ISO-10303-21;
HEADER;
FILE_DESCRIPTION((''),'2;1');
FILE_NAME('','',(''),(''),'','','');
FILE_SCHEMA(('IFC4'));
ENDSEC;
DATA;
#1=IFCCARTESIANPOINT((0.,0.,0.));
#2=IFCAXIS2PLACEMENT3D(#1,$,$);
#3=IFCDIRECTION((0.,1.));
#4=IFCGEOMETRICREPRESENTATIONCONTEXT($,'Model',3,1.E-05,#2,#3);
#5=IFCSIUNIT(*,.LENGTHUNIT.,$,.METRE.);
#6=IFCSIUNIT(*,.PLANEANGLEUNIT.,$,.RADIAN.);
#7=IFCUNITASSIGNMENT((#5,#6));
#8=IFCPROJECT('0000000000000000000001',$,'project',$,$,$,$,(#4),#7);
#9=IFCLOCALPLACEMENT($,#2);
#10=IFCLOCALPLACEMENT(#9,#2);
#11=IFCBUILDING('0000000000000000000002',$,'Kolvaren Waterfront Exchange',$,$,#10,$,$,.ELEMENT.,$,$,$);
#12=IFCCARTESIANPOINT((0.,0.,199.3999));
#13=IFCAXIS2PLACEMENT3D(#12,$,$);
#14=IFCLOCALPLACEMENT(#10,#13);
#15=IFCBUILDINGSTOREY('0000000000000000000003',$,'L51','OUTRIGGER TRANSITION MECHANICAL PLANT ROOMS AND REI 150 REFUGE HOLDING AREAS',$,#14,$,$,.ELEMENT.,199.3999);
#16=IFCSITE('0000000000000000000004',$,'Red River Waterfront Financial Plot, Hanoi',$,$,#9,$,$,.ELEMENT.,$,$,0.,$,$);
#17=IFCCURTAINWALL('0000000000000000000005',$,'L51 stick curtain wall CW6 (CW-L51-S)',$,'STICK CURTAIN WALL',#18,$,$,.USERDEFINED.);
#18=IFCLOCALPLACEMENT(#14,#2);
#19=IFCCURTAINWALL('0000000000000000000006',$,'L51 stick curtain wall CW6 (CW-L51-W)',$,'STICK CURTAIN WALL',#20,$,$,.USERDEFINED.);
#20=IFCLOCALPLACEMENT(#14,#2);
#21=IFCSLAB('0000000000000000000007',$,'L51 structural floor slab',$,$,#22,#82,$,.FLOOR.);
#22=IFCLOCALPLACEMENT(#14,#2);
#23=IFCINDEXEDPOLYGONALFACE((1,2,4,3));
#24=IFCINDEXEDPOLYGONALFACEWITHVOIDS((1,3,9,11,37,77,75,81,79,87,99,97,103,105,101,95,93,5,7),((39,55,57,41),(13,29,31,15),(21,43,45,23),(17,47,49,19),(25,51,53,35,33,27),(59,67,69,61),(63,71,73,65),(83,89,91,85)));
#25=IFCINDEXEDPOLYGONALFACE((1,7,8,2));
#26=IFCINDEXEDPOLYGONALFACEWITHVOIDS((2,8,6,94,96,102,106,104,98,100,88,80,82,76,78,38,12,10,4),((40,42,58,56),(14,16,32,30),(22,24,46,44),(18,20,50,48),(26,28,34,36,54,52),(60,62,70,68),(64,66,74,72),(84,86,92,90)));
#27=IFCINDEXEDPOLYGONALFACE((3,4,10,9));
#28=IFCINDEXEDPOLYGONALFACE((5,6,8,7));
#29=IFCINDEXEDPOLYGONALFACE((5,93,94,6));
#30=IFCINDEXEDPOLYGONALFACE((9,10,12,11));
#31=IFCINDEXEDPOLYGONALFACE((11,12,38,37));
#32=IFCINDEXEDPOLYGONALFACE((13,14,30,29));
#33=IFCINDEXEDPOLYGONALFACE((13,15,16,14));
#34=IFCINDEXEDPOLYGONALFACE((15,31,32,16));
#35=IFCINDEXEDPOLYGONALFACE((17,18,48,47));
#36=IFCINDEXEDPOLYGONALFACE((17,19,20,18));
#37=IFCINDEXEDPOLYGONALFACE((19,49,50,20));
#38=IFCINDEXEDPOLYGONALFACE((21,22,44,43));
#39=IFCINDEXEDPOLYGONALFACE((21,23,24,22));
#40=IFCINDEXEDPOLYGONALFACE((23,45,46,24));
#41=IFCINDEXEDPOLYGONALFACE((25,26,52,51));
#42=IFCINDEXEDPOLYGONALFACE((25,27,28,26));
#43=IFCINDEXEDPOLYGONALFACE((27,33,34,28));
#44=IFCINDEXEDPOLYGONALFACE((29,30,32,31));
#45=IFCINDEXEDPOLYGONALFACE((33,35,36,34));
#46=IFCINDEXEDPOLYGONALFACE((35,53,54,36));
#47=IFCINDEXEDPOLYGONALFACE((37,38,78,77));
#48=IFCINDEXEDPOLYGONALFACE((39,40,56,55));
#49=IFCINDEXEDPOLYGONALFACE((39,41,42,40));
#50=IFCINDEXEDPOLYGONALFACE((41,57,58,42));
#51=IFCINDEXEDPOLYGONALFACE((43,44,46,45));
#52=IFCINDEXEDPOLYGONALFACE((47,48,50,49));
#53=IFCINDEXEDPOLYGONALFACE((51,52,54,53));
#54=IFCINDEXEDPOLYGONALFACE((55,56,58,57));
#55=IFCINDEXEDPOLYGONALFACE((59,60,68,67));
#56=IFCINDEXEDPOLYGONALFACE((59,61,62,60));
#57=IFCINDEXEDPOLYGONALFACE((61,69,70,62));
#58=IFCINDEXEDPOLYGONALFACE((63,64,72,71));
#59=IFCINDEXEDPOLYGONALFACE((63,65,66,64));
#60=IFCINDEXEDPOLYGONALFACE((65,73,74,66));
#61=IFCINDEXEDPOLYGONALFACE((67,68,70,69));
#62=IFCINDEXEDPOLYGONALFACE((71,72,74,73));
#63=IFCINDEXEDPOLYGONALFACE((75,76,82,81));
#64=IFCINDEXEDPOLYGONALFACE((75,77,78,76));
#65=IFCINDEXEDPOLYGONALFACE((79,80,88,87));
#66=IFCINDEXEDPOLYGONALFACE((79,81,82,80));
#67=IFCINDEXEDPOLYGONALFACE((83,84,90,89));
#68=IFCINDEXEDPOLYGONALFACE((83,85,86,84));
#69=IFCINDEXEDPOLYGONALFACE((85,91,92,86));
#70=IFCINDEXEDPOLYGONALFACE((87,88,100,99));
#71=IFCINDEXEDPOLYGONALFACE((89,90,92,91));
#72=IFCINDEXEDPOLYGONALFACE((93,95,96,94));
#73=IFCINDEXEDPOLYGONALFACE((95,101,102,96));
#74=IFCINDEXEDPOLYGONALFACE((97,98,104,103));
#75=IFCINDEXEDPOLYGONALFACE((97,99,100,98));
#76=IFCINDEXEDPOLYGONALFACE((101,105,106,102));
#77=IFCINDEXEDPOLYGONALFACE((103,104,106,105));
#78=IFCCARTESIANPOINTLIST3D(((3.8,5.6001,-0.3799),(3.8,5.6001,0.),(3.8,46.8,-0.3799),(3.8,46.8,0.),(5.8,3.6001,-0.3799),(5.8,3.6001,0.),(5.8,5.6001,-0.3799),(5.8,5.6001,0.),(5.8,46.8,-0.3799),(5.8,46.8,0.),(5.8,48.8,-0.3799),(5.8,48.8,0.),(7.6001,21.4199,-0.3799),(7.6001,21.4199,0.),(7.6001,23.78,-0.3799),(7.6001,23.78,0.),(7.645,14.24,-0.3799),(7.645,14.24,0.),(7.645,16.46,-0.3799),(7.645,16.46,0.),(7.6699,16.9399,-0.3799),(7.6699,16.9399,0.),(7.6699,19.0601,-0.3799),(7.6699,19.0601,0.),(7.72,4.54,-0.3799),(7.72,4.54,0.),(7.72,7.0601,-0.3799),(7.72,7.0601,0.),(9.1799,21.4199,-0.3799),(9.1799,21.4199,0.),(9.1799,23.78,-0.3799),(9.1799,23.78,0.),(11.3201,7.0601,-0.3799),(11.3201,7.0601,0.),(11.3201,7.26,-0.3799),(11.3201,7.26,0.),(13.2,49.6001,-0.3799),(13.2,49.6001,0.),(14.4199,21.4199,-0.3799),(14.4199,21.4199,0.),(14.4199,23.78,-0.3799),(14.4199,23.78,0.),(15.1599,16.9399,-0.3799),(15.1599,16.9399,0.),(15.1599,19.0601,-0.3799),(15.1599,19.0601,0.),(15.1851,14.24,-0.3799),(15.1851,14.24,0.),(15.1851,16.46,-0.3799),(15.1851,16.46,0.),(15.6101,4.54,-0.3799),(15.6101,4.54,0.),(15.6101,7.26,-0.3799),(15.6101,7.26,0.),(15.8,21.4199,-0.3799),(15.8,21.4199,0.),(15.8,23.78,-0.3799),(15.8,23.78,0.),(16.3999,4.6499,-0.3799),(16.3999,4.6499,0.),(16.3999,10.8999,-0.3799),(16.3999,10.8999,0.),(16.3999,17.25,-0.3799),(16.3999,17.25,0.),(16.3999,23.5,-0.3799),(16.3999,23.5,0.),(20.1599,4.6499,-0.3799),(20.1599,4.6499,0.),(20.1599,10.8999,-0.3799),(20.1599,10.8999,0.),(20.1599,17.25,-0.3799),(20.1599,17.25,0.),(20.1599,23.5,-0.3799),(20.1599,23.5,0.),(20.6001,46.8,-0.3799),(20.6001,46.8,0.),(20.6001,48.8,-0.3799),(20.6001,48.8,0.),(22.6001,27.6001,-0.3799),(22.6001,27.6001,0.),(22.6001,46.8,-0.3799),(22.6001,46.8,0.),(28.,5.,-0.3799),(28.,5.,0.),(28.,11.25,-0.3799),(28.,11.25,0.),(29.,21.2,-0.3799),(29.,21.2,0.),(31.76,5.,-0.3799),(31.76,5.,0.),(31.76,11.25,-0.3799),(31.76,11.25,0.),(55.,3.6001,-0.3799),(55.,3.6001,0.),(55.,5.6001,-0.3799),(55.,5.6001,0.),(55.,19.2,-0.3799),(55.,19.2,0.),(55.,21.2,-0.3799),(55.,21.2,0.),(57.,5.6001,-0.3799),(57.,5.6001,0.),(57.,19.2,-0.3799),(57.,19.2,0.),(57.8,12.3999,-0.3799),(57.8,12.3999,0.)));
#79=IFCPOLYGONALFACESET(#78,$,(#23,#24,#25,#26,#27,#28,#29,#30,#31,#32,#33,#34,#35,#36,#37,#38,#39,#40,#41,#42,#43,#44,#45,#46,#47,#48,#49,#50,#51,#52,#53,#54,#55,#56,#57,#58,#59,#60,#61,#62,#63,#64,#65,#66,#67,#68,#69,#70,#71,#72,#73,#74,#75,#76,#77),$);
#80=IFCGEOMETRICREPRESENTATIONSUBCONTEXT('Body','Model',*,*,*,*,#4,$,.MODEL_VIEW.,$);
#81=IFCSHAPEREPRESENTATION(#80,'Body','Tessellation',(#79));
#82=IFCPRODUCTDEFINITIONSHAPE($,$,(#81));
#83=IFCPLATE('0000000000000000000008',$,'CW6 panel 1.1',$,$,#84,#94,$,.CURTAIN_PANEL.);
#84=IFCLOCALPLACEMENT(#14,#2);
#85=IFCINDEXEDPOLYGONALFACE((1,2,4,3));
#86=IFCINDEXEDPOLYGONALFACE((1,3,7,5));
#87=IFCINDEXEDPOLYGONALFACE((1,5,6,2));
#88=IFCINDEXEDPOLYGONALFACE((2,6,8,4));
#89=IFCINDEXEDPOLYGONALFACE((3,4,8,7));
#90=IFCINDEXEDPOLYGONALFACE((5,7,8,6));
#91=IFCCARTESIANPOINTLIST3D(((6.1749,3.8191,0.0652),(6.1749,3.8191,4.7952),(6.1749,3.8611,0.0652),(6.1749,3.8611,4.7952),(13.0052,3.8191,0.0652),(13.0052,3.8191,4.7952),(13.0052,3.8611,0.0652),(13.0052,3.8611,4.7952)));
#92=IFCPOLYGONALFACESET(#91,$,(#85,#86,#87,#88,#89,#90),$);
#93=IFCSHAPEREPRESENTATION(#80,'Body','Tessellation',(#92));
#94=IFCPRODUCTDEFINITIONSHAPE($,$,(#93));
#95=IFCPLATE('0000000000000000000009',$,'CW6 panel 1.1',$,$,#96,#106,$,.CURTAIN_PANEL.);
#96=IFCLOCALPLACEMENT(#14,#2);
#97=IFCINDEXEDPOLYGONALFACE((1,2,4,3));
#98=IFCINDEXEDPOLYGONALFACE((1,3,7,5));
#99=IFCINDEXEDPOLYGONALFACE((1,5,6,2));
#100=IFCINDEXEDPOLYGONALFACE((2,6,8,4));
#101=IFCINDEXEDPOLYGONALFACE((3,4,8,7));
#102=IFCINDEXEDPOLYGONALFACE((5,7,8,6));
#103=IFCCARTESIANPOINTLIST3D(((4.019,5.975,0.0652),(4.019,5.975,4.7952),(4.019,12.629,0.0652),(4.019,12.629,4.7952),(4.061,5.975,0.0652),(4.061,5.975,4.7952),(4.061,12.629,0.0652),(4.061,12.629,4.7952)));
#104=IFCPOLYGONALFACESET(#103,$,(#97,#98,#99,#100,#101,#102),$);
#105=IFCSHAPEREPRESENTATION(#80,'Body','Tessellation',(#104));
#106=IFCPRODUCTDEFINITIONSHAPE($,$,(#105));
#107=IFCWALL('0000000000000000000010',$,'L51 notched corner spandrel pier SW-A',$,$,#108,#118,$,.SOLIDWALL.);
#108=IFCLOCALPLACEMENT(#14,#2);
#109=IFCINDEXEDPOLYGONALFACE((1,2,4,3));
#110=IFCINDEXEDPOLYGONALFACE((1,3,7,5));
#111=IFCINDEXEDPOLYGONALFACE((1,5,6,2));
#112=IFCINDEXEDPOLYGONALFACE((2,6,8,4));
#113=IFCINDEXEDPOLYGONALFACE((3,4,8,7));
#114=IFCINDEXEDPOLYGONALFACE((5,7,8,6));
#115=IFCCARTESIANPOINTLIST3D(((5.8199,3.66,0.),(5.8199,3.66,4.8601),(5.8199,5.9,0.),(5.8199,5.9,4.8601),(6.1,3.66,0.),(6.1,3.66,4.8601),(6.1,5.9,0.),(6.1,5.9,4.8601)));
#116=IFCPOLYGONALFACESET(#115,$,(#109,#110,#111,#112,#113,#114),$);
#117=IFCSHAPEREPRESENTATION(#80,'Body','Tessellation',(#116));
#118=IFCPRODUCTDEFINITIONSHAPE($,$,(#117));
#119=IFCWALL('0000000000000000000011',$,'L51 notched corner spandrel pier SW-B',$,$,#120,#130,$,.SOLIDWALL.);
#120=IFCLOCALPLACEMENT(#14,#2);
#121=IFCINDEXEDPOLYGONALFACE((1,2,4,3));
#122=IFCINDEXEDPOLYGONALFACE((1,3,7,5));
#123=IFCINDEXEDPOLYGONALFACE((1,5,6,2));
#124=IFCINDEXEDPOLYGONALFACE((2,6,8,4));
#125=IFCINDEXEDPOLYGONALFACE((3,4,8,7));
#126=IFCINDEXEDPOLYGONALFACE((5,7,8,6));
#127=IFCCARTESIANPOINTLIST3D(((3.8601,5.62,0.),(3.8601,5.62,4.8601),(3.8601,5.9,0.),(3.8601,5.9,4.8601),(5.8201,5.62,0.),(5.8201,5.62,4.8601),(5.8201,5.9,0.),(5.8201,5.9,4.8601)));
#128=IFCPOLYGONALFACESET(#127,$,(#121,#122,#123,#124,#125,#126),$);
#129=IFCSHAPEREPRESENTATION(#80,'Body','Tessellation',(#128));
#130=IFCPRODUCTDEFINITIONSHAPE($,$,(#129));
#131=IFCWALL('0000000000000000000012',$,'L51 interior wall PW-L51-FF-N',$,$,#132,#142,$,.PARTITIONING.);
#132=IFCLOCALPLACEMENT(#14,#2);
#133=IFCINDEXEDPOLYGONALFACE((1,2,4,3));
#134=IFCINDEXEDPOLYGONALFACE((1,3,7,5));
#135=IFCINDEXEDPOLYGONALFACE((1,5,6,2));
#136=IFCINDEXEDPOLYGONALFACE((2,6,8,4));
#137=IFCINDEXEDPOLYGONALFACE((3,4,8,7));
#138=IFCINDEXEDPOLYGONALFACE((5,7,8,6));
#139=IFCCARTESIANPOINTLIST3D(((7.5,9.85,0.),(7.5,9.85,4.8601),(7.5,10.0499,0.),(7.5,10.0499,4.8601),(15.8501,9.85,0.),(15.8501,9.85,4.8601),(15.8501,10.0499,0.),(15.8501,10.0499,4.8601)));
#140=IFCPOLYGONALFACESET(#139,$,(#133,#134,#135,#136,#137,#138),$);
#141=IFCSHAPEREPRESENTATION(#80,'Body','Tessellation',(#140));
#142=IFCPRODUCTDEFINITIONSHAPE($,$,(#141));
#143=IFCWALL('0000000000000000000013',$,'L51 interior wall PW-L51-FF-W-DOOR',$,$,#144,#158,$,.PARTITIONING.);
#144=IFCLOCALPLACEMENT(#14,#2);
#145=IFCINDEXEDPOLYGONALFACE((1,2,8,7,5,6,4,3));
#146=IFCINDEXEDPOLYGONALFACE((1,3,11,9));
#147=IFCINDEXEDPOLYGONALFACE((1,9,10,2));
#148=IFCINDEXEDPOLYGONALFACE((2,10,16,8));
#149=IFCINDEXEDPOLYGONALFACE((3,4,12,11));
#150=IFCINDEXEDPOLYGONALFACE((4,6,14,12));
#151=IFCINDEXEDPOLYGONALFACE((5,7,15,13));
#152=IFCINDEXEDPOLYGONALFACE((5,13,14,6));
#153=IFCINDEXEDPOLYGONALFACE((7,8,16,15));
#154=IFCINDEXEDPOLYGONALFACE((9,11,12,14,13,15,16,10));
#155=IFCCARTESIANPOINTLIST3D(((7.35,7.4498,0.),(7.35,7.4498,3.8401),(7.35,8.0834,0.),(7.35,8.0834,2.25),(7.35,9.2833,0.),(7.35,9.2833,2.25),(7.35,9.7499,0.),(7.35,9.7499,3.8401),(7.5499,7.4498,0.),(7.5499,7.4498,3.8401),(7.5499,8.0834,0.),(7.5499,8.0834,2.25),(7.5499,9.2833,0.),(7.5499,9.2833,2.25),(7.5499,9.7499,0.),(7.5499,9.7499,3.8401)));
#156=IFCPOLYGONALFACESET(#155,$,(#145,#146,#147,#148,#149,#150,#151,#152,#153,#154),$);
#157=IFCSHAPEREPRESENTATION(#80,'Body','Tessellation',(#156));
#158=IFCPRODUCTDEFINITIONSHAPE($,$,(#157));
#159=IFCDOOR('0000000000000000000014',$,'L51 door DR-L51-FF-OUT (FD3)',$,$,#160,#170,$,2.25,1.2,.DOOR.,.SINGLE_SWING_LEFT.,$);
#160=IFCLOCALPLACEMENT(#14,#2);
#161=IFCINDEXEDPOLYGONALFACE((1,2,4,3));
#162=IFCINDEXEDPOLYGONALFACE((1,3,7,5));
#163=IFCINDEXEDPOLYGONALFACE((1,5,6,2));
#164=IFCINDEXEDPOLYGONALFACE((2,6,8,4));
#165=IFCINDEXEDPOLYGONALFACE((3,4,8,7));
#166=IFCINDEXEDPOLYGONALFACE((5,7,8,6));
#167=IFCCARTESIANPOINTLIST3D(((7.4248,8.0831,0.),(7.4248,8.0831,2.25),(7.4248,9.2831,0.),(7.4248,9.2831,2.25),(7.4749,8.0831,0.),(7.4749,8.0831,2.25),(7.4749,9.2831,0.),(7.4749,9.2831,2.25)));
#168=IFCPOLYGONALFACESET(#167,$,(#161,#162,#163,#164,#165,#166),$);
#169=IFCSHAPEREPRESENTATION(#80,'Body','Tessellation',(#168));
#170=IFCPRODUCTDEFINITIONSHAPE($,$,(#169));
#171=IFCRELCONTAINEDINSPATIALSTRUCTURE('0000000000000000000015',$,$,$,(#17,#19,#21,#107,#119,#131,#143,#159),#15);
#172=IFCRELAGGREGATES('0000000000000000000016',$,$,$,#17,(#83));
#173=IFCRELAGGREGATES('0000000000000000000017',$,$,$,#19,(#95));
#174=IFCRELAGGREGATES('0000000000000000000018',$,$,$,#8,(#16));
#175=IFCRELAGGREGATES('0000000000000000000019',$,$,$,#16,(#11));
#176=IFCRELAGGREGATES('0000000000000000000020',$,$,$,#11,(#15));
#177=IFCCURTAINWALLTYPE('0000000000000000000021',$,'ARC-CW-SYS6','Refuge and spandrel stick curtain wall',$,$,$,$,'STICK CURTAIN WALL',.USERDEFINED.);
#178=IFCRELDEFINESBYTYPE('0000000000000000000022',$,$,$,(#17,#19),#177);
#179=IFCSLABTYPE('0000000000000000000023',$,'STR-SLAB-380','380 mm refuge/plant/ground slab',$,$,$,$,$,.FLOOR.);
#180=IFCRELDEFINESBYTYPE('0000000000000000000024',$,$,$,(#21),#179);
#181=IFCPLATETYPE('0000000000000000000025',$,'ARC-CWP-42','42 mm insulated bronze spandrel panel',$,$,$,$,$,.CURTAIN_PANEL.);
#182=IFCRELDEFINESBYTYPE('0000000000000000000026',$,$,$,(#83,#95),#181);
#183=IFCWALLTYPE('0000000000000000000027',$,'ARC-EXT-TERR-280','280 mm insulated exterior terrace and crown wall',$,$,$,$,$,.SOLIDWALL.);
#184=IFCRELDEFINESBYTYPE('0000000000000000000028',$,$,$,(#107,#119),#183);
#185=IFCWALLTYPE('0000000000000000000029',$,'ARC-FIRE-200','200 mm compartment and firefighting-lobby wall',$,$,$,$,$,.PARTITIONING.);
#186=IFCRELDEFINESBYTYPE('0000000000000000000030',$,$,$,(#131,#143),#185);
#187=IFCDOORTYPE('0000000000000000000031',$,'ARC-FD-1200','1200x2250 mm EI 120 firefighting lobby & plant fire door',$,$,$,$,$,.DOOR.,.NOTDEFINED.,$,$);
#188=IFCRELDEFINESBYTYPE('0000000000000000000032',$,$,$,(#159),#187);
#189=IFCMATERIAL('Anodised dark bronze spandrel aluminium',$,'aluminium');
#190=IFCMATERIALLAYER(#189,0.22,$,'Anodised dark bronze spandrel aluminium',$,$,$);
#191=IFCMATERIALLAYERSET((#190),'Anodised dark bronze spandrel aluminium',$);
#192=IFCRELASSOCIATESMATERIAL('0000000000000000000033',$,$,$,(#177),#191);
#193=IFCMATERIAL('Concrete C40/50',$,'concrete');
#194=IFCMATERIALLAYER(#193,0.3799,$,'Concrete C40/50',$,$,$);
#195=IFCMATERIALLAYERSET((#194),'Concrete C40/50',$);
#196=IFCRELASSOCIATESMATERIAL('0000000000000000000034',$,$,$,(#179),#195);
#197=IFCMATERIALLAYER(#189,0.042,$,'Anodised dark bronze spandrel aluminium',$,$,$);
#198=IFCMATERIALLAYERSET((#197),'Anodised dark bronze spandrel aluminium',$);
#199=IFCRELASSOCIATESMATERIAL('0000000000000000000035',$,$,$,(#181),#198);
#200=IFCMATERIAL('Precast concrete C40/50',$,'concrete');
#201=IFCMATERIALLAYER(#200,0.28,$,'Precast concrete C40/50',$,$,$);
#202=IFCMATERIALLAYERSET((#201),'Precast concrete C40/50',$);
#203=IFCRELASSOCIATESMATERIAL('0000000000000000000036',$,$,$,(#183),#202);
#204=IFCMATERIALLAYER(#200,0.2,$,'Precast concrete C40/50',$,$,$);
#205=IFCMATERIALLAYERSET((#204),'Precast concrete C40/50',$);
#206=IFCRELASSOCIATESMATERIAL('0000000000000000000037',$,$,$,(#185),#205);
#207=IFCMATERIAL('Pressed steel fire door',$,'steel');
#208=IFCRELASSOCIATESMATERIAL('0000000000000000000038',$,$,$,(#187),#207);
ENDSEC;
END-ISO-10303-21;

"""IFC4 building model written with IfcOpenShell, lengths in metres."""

from ifc_helpers import new_model, si_unit, direction, frame, frame_2d, origin, origin_with_axes, origin_2d, place, context, subcontext, project, spatial, polyline, rectangle, outline, extrude, source, transform, mapped, material, layer, layer_set, type_object, element, fill, aggregate, save


model = new_model("IFC4")

# Units and contexts
model_context = context("Model", 3, precision=1e-05, world=origin(), true_north=direction((0.0, 1.0)))
body_context = subcontext(model_context, "Body", "Model", "MODEL_VIEW")
ifc_project = project(units=[si_unit("LENGTHUNIT", "METRE"), si_unit("PLANEANGLEUNIT", "RADIAN")], contexts=[model_context])

# Site, building, storey
site_placement = place(None, origin())
site = spatial("IfcSite", under=ifc_project, at=site_placement, Name="Red River Waterfront Financial Plot, Hanoi", CompositionType="ELEMENT", RefElevation=0.0)
building_placement = place(site_placement, origin())
building = spatial("IfcBuilding", under=site, at=building_placement, Name="Kolvaren Waterfront Exchange", CompositionType="ELEMENT")
storey_placement = place(building_placement, frame((0.0, 0.0, 199.3999)))
storey = spatial("IfcBuildingStorey", under=building, at=storey_placement, Name="L51", Description="OUTRIGGER TRANSITION MECHANICAL PLANT ROOMS AND REI 150 REFUGE HOLDING AREAS", CompositionType="ELEMENT", Elevation=199.3999)

# Curtain walls
ifc_material_1 = material(Name="Anodised dark bronze spandrel aluminium", Category="aluminium")
ifc_layer_1 = layer(ifc_material_1, 0.22, Name="Anodised dark bronze spandrel aluminium")
ifc_layer_set_1 = layer_set([ifc_layer_1], Name="Anodised dark bronze spandrel aluminium")
curtain_wall_type = type_object("IfcCurtainWallType", Name="ARC-CW-SYS6", Description="Refuge and spandrel stick curtain wall", ElementType="STICK CURTAIN WALL", PredefinedType="USERDEFINED", material=ifc_layer_set_1)
curtain_wall_1_placement = place(storey_placement, origin())
curtain_wall_1 = element("IfcCurtainWall", 1, at=curtain_wall_1_placement, inside=storey, type_object=curtain_wall_type, Name="L51 stick curtain wall CW6 (CW-L51-S)", ObjectType="STICK CURTAIN WALL", PredefinedType="USERDEFINED")
curtain_wall_2_placement = place(storey_placement, origin())
curtain_wall_2 = element("IfcCurtainWall", 2, at=curtain_wall_2_placement, inside=storey, type_object=curtain_wall_type, Name="L51 stick curtain wall CW6 (CW-L51-W)", ObjectType="STICK CURTAIN WALL", PredefinedType="USERDEFINED")

# Shared definitions
ifc_material_2 = material(Name="Concrete C40/50", Category="concrete")

# Slab
ifc_layer_2 = layer(ifc_material_2, 0.3799, Name="Concrete C40/50")
ifc_layer_set_2 = layer_set([ifc_layer_2], Name="Concrete C40/50")
slab_type_1 = type_object("IfcSlabType", Name="STR-SLAB-380", Description="380 mm refuge/plant/ground slab", PredefinedType="FLOOR", material=ifc_layer_set_2)
slab_1_placement = place(storey_placement, frame((0.0, 0.0, -0.3799)))
element("IfcSlab", 3, at=slab_1_placement, inside=storey, type_object=slab_type_1, Name="L51 structural floor slab", PredefinedType="FLOOR", context=body_context, shape_type="SweptSolid", body=[
    extrude(outline(polyline([(5.8, 3.6001), (55.0, 3.6001), (55.0, 5.6001), (57.0, 5.6001), (57.8, 12.3999), (57.0, 19.2), (55.0, 19.2), (55.0, 21.2), (29.0, 21.2), (22.6001, 27.6001), (22.6001, 46.8), (20.6001, 46.8), (20.6001, 48.8), (13.2, 49.6001), (5.8, 48.8), (5.8, 46.8), (3.8, 46.8), (3.8, 5.6001), (5.8, 5.6001), (5.8, 3.6001)]), holes=[polyline([(11.3201, 7.26), (15.6101, 7.26), (15.6101, 4.54), (7.72, 4.54), (7.72, 7.0601), (11.3201, 7.0601), (11.3201, 7.26)]), polyline([(20.1599, 10.8999), (20.1599, 4.6499), (16.3999, 4.6499), (16.3999, 10.8999), (20.1599, 10.8999)]), polyline([(31.76, 11.25), (31.76, 5.0), (28.0, 5.0), (28.0, 11.25), (31.76, 11.25)]), polyline([(15.1851, 14.24), (7.645, 14.24), (7.645, 16.46), (15.1851, 16.46), (15.1851, 14.24)]), polyline([(15.1599, 16.9399), (7.6699, 16.9399), (7.6699, 19.0601), (15.1599, 19.0601), (15.1599, 16.9399)]), polyline([(16.3999, 23.5), (20.1599, 23.5), (20.1599, 17.25), (16.3999, 17.25), (16.3999, 23.5)]), polyline([(7.6001, 23.78), (9.1799, 23.78), (9.1799, 21.4199), (7.6001, 21.4199), (7.6001, 23.78)]), polyline([(15.8, 23.78), (15.8, 21.4199), (14.4199, 21.4199), (14.4199, 23.78), (15.8, 23.78)])]), origin(), (0.0, 0.0, 1.0), 0.3799),
])

# Plates
ifc_layer_3 = layer(ifc_material_1, 0.042, Name="Anodised dark bronze spandrel aluminium")
ifc_layer_set_3 = layer_set([ifc_layer_3], Name="Anodised dark bronze spandrel aluminium")
plate_type = type_object("IfcPlateType", Name="ARC-CWP-42", Description="42 mm insulated bronze spandrel panel", PredefinedType="CURTAIN_PANEL", material=ifc_layer_set_3)
shared_shape_1 = source(origin_with_axes(), body_context, "Body", "SweptSolid", [
    extrude(rectangle(XDim=6.8303, YDim=0.042, at=origin_2d()), origin(), (0.0, 0.0, 1.0), 4.73),
])
plate_1_placement = place(storey_placement, frame((9.5901, 3.8401, 0.0652), z_axis=(0.0, 0.0, 1.0), x_axis=(1.0, 0.0, 0.0)))
plate_1 = element("IfcPlate", 4, at=plate_1_placement, type_object=plate_type, Name="CW6 panel 1.1", PredefinedType="CURTAIN_PANEL", context=body_context, shape_type="MappedRepresentation", body=[
    mapped(shared_shape_1, transform((0.0, 0.0, 0.0), x_axis=(1.0, 0.0, 0.0), y_axis=(0.0, 1.0, 0.0), z_axis=(0.0, 0.0, 1.0), scale=1.0)),
])
aggregate(curtain_wall_1, [plate_1])
shared_shape_2 = source(origin_with_axes(), body_context, "Body", "SweptSolid", [
    extrude(rectangle(XDim=6.6541, YDim=0.042, at=origin_2d()), origin(), (0.0, 0.0, 1.0), 4.73),
])
plate_2_placement = place(storey_placement, frame((4.04, 9.302, 0.0652), z_axis=(0.0, 0.0, 1.0), x_axis=(0.0, 1.0, 0.0)))
plate_2 = element("IfcPlate", 5, at=plate_2_placement, type_object=plate_type, Name="CW6 panel 1.1", PredefinedType="CURTAIN_PANEL", context=body_context, shape_type="MappedRepresentation", body=[
    mapped(shared_shape_2, transform((0.0, 0.0, 0.0), x_axis=(1.0, 0.0, 0.0), y_axis=(0.0, 1.0, 0.0), z_axis=(0.0, 0.0, 1.0), scale=1.0)),
])
aggregate(curtain_wall_2, [plate_2])

# Walls
ifc_material_3 = material(Name="Precast concrete C40/50", Category="concrete")
ifc_layer_4 = layer(ifc_material_3, 0.28, Name="Precast concrete C40/50")
ifc_layer_set_4 = layer_set([ifc_layer_4], Name="Precast concrete C40/50")
wall_type_1 = type_object("IfcWallType", Name="ARC-EXT-TERR-280", Description="280 mm insulated exterior terrace and crown wall", PredefinedType="SOLIDWALL", material=ifc_layer_set_4)
wall_1_placement = place(storey_placement, frame((5.96, 3.6599, 0.0), z_axis=(0.0, 0.0, 1.0), x_axis=(0.0, 1.0, 0.0)))
element("IfcWall", 6, at=wall_1_placement, inside=storey, type_object=wall_type_1, Name="L51 notched corner spandrel pier SW-A", PredefinedType="SOLIDWALL", context=body_context, shape_type="SweptSolid", body=[
    extrude(rectangle(XDim=2.24, YDim=0.28, at=frame_2d((1.1201, 0.0))), origin(), (0.0, 0.0, 1.0), 4.8601),
])
wall_2_placement = place(storey_placement, frame((3.8601, 5.76, 0.0), z_axis=(0.0, 0.0, 1.0), x_axis=(1.0, 0.0, 0.0)))
element("IfcWall", 7, at=wall_2_placement, inside=storey, type_object=wall_type_1, Name="L51 notched corner spandrel pier SW-B", PredefinedType="SOLIDWALL", context=body_context, shape_type="SweptSolid", body=[
    extrude(rectangle(XDim=1.96, YDim=0.28, at=frame_2d((0.98, 0.0))), origin(), (0.0, 0.0, 1.0), 4.8601),
])
ifc_layer_5 = layer(ifc_material_3, 0.2, Name="Precast concrete C40/50")
ifc_layer_set_5 = layer_set([ifc_layer_5], Name="Precast concrete C40/50")
wall_type_2 = type_object("IfcWallType", Name="ARC-FIRE-200", Description="200 mm compartment and firefighting-lobby wall", PredefinedType="PARTITIONING", material=ifc_layer_set_5)
wall_3_placement = place(storey_placement, frame((7.5, 9.95, 0.0), z_axis=(0.0, 0.0, 1.0), x_axis=(1.0, 0.0, 0.0)))
element("IfcWall", 8, at=wall_3_placement, inside=storey, type_object=wall_type_2, Name="L51 interior wall PW-L51-FF-N", PredefinedType="PARTITIONING", context=body_context, shape_type="SweptSolid", body=[
    extrude(rectangle(XDim=8.3501, YDim=0.2, at=frame_2d((4.175, 0.0))), origin(), (0.0, 0.0, 1.0), 4.8601),
])

# Wall, opening, door
wall_4_placement = place(storey_placement, frame((7.45, 7.45, 0.0), z_axis=(0.0, 0.0, 1.0), x_axis=(0.0, 1.0, 0.0)))
wall_4 = element("IfcWall", 9, at=wall_4_placement, inside=storey, type_object=wall_type_2, Name="L51 interior wall PW-L51-FF-W-DOOR", PredefinedType="PARTITIONING", context=body_context, shape_type="SweptSolid", body=[
    extrude(rectangle(XDim=2.3, YDim=0.2, at=frame_2d((1.1499, 0.0))), origin(), (0.0, 0.0, 1.0), 3.8401),
])
opening_1_placement = place(wall_4_placement, frame((0.6333, 0.0, 0.0)))
opening_1 = element("IfcOpeningElement", 10, at=opening_1_placement, cuts=wall_4, PredefinedType="OPENING", context=body_context, shape_type="SweptSolid", body=[
    extrude(rectangle(XDim=1.2, YDim=2.25, at=frame_2d((0.6001, 1.125))), frame((0.0, 0.1099, 0.0), z_axis=(0.0, -1.0, 0.0), x_axis=(1.0, 0.0, 0.0)), (0.0, 0.0, 1.0), 0.22),
])
ifc_material_4 = material(Name="Pressed steel fire door", Category="steel")
door_type_1 = type_object("IfcDoorType", Name="ARC-FD-1200", Description="1200x2250 mm EI 120 firefighting lobby & plant fire door", OperationType="NOTDEFINED", PredefinedType="DOOR", material=ifc_material_4)
door_1_placement = place(opening_1_placement, frame((1.2, 0.0, 0.0), z_axis=(0.0, 0.0, 1.0), x_axis=(-1.0, 0.0, 0.0)))
door_1 = element("IfcDoor", 11, at=door_1_placement, inside=storey, type_object=door_type_1, Name="L51 door DR-L51-FF-OUT (FD3)", OperationType="SINGLE_SWING_LEFT", OverallHeight=2.25, OverallWidth=1.2, PredefinedType="DOOR", context=body_context, shape_type="SweptSolid", body=[
    extrude(rectangle(XDim=1.2, YDim=2.25, at=frame_2d((0.6001, 1.125))), frame((0.0, 0.0249, 0.0), z_axis=(0.0, -1.0, 0.0), x_axis=(1.0, 0.0, 0.0)), (0.0, 0.0, 1.0), 0.05),
])
fill(opening_1, door_1)

save(model, "model.ifc")
